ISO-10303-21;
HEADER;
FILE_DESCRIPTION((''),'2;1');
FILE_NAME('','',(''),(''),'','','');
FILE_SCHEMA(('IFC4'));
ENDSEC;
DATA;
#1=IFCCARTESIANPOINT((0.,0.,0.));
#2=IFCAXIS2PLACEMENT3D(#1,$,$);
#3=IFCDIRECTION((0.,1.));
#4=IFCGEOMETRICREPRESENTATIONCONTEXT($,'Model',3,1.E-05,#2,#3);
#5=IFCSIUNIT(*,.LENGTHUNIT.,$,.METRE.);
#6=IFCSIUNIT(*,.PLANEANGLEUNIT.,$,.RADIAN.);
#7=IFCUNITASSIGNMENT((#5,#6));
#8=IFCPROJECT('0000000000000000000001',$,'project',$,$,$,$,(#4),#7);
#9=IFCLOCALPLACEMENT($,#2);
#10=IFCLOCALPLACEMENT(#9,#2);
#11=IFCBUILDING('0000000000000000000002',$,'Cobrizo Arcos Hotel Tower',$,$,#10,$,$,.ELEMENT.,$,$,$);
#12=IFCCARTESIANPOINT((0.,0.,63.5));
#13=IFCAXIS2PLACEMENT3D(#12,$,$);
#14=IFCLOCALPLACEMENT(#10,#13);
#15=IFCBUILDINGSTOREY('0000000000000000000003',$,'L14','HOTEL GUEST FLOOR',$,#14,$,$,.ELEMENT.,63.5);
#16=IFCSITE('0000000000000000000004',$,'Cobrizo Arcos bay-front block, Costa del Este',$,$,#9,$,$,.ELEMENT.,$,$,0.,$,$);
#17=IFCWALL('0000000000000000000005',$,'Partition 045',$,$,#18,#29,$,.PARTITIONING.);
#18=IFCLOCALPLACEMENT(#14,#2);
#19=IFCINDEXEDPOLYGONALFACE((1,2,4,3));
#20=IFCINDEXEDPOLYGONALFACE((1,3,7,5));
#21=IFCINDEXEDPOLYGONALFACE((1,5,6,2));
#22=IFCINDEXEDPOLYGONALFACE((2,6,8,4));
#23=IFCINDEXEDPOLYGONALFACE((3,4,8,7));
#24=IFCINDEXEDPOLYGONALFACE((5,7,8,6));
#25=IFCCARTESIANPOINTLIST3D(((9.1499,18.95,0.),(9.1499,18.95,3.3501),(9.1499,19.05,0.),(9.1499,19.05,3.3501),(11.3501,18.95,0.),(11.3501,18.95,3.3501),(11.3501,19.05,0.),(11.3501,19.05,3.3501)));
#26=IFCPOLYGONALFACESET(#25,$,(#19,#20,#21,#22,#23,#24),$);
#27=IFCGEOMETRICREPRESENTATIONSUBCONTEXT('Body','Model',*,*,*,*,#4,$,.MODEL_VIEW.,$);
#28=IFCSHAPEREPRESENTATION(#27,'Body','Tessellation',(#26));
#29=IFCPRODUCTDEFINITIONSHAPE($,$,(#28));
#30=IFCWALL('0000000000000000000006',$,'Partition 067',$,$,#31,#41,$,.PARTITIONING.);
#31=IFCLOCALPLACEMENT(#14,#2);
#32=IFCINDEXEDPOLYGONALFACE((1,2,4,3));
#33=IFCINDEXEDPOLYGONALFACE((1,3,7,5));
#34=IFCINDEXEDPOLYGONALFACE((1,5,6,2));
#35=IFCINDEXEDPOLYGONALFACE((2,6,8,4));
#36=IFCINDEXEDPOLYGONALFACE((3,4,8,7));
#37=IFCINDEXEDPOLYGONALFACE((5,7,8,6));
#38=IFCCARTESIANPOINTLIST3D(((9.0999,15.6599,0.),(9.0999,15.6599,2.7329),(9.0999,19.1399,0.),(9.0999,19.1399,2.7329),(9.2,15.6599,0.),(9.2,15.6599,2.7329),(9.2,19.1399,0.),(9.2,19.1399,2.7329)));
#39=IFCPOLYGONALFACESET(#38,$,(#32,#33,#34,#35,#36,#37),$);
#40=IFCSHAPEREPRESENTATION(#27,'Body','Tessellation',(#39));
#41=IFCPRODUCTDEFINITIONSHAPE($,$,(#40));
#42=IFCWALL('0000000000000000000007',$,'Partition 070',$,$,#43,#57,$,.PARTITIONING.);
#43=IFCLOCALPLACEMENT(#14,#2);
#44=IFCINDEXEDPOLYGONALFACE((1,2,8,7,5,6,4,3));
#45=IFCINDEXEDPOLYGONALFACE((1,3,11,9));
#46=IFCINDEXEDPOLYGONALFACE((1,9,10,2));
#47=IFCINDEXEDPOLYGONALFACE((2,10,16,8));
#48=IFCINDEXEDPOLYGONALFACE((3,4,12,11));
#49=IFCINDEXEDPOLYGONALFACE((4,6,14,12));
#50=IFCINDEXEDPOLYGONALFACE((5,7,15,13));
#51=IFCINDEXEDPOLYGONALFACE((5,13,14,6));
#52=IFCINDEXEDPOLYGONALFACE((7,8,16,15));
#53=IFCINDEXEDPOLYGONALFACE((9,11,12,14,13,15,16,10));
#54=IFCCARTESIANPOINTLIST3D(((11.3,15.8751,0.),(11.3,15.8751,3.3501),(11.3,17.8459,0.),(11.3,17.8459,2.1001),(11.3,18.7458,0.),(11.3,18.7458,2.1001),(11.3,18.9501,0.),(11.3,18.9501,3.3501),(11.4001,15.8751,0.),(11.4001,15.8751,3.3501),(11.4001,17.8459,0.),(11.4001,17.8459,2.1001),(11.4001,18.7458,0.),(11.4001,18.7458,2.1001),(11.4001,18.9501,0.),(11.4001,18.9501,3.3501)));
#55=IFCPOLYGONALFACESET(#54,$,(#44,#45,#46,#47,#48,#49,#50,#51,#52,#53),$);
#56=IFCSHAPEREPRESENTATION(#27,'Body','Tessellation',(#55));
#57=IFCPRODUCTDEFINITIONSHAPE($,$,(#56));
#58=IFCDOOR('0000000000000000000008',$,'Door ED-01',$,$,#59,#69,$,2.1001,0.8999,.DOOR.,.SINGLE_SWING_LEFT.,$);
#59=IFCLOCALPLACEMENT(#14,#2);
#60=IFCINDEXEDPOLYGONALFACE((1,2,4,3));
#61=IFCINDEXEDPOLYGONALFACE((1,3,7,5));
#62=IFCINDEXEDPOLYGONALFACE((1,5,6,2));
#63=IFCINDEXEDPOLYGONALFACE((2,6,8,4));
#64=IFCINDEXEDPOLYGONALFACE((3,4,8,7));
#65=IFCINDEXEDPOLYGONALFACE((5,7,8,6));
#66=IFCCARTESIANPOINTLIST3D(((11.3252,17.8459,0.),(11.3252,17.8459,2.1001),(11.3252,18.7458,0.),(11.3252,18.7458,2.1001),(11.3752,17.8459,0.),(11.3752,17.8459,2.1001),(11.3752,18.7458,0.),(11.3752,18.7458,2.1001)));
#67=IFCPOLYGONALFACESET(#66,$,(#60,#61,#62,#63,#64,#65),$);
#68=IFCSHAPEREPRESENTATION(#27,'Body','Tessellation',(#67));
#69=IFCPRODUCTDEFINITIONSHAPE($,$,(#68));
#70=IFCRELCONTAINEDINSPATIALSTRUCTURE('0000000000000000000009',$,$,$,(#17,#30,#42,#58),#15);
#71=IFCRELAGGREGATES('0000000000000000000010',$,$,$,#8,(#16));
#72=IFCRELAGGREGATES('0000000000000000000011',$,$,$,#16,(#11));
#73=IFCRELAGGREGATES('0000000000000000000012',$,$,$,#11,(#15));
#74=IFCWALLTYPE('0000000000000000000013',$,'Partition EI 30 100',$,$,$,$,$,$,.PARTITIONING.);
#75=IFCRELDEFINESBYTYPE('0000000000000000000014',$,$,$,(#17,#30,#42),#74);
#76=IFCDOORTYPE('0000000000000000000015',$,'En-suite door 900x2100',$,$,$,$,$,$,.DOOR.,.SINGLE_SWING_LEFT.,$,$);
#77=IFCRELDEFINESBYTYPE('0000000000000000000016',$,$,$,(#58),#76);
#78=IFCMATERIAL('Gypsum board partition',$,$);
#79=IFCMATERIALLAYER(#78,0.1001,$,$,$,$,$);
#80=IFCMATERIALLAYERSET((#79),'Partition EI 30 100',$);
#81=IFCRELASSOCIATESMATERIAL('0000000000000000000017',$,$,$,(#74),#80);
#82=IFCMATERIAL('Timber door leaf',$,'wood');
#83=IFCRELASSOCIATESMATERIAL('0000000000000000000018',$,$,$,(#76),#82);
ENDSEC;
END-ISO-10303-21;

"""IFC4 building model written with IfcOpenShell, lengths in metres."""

from ifc_helpers import new_model, si_unit, direction, frame, frame_2d, origin, place, context, subcontext, project, spatial, rectangle, extrude, material, layer, layer_set, type_object, element, fill, save


model = new_model("IFC4")

# Units and contexts
model_context = context("Model", 3, precision=1e-05, world=origin(), true_north=direction((0.0, 1.0)))
body_context = subcontext(model_context, "Body", "Model", "MODEL_VIEW")
ifc_project = project(units=[si_unit("LENGTHUNIT", "METRE"), si_unit("PLANEANGLEUNIT", "RADIAN")], contexts=[model_context])

# Site, building, storey
site_placement = place(None, origin())
site = spatial("IfcSite", under=ifc_project, at=site_placement, Name="Cobrizo Arcos bay-front block, Costa del Este", CompositionType="ELEMENT", RefElevation=0.0)
building_placement = place(site_placement, origin())
building = spatial("IfcBuilding", under=site, at=building_placement, Name="Cobrizo Arcos Hotel Tower", CompositionType="ELEMENT")
storey_placement = place(building_placement, frame((0.0, 0.0, 63.5)))
storey = spatial("IfcBuildingStorey", under=building, at=storey_placement, Name="L14", Description="HOTEL GUEST FLOOR", CompositionType="ELEMENT", Elevation=63.5)

# Shared definitions
ifc_material_1 = material(Name="Gypsum board partition")

# Shared definitions
ifc_material_2 = material(Name="Timber door leaf", Category="wood")

# Walls
ifc_layer_1 = layer(ifc_material_1, 0.1001)
ifc_layer_set_1 = layer_set([ifc_layer_1], Name="Partition EI 30 100")
wall_type_1 = type_object("IfcWallType", Name="Partition EI 30 100", PredefinedType="PARTITIONING", material=ifc_layer_set_1)
wall_1_placement = place(storey_placement, frame((9.1499, 19.0, 0.0), z_axis=(0.0, 0.0, 1.0), x_axis=(1.0, 0.0, 0.0)))
element("IfcWall", 1, at=wall_1_placement, inside=storey, type_object=wall_type_1, Name="Partition 045", PredefinedType="PARTITIONING", context=body_context, shape_type="SweptSolid", body=[
    extrude(rectangle(XDim=2.2002, YDim=0.1001, at=frame_2d((1.1001, 0.0))), origin(), (0.0, 0.0, 1.0), 3.3501),
])
wall_2_placement = place(storey_placement, frame((9.1499, 15.6599, 0.0), z_axis=(0.0, 0.0, 1.0), x_axis=(0.0, 1.0, 0.0)))
element("IfcWall", 2, at=wall_2_placement, inside=storey, type_object=wall_type_1, Name="Partition 067", PredefinedType="PARTITIONING", context=body_context, shape_type="SweptSolid", body=[
    extrude(rectangle(XDim=3.48, YDim=0.1001, at=frame_2d((1.74, 0.0))), origin(), (0.0, 0.0, 1.0), 2.7329),
])

# Wall, opening, door
wall_3_placement = place(storey_placement, frame((11.3501, 15.875, 0.0), z_axis=(0.0, 0.0, 1.0), x_axis=(0.0, 1.0, 0.0)))
wall_3 = element("IfcWall", 3, at=wall_3_placement, inside=storey, type_object=wall_type_1, Name="Partition 070", PredefinedType="PARTITIONING", context=body_context, shape_type="SweptSolid", body=[
    extrude(rectangle(XDim=3.075, YDim=0.1001, at=frame_2d((1.5376, 0.0))), origin(), (0.0, 0.0, 1.0), 3.3501),
])
opening_1_placement = place(wall_3_placement, frame((1.9709, 0.0, 0.0)))
opening_1 = element("IfcOpeningElement", 4, at=opening_1_placement, cuts=wall_3, PredefinedType="OPENING", context=body_context, shape_type="SweptSolid", body=[
    extrude(rectangle(XDim=0.8999, YDim=2.1001, at=frame_2d((0.45, 1.05))), frame((0.0, 0.062, 0.0), z_axis=(0.0, -1.0, 0.0), x_axis=(1.0, 0.0, 0.0)), (0.0, 0.0, 1.0), 0.124),
])
door_type_1 = type_object("IfcDoorType", Name="En-suite door 900x2100", OperationType="SINGLE_SWING_LEFT", PredefinedType="DOOR", material=ifc_material_2)
door_1_placement = place(opening_1_placement, origin())
door_1 = element("IfcDoor", 5, at=door_1_placement, inside=storey, type_object=door_type_1, Name="Door ED-01", OperationType="SINGLE_SWING_LEFT", OverallHeight=2.1001, OverallWidth=0.8999, PredefinedType="DOOR", context=body_context, shape_type="SweptSolid", body=[
    extrude(rectangle(XDim=0.8999, YDim=2.1001, at=frame_2d((0.45, 1.05))), frame((0.0, 0.0249, 0.0), z_axis=(0.0, -1.0, 0.0), x_axis=(1.0, 0.0, 0.0)), (0.0, 0.0, 1.0), 0.05),
])
fill(opening_1, door_1)

save(model, "model.ifc")
